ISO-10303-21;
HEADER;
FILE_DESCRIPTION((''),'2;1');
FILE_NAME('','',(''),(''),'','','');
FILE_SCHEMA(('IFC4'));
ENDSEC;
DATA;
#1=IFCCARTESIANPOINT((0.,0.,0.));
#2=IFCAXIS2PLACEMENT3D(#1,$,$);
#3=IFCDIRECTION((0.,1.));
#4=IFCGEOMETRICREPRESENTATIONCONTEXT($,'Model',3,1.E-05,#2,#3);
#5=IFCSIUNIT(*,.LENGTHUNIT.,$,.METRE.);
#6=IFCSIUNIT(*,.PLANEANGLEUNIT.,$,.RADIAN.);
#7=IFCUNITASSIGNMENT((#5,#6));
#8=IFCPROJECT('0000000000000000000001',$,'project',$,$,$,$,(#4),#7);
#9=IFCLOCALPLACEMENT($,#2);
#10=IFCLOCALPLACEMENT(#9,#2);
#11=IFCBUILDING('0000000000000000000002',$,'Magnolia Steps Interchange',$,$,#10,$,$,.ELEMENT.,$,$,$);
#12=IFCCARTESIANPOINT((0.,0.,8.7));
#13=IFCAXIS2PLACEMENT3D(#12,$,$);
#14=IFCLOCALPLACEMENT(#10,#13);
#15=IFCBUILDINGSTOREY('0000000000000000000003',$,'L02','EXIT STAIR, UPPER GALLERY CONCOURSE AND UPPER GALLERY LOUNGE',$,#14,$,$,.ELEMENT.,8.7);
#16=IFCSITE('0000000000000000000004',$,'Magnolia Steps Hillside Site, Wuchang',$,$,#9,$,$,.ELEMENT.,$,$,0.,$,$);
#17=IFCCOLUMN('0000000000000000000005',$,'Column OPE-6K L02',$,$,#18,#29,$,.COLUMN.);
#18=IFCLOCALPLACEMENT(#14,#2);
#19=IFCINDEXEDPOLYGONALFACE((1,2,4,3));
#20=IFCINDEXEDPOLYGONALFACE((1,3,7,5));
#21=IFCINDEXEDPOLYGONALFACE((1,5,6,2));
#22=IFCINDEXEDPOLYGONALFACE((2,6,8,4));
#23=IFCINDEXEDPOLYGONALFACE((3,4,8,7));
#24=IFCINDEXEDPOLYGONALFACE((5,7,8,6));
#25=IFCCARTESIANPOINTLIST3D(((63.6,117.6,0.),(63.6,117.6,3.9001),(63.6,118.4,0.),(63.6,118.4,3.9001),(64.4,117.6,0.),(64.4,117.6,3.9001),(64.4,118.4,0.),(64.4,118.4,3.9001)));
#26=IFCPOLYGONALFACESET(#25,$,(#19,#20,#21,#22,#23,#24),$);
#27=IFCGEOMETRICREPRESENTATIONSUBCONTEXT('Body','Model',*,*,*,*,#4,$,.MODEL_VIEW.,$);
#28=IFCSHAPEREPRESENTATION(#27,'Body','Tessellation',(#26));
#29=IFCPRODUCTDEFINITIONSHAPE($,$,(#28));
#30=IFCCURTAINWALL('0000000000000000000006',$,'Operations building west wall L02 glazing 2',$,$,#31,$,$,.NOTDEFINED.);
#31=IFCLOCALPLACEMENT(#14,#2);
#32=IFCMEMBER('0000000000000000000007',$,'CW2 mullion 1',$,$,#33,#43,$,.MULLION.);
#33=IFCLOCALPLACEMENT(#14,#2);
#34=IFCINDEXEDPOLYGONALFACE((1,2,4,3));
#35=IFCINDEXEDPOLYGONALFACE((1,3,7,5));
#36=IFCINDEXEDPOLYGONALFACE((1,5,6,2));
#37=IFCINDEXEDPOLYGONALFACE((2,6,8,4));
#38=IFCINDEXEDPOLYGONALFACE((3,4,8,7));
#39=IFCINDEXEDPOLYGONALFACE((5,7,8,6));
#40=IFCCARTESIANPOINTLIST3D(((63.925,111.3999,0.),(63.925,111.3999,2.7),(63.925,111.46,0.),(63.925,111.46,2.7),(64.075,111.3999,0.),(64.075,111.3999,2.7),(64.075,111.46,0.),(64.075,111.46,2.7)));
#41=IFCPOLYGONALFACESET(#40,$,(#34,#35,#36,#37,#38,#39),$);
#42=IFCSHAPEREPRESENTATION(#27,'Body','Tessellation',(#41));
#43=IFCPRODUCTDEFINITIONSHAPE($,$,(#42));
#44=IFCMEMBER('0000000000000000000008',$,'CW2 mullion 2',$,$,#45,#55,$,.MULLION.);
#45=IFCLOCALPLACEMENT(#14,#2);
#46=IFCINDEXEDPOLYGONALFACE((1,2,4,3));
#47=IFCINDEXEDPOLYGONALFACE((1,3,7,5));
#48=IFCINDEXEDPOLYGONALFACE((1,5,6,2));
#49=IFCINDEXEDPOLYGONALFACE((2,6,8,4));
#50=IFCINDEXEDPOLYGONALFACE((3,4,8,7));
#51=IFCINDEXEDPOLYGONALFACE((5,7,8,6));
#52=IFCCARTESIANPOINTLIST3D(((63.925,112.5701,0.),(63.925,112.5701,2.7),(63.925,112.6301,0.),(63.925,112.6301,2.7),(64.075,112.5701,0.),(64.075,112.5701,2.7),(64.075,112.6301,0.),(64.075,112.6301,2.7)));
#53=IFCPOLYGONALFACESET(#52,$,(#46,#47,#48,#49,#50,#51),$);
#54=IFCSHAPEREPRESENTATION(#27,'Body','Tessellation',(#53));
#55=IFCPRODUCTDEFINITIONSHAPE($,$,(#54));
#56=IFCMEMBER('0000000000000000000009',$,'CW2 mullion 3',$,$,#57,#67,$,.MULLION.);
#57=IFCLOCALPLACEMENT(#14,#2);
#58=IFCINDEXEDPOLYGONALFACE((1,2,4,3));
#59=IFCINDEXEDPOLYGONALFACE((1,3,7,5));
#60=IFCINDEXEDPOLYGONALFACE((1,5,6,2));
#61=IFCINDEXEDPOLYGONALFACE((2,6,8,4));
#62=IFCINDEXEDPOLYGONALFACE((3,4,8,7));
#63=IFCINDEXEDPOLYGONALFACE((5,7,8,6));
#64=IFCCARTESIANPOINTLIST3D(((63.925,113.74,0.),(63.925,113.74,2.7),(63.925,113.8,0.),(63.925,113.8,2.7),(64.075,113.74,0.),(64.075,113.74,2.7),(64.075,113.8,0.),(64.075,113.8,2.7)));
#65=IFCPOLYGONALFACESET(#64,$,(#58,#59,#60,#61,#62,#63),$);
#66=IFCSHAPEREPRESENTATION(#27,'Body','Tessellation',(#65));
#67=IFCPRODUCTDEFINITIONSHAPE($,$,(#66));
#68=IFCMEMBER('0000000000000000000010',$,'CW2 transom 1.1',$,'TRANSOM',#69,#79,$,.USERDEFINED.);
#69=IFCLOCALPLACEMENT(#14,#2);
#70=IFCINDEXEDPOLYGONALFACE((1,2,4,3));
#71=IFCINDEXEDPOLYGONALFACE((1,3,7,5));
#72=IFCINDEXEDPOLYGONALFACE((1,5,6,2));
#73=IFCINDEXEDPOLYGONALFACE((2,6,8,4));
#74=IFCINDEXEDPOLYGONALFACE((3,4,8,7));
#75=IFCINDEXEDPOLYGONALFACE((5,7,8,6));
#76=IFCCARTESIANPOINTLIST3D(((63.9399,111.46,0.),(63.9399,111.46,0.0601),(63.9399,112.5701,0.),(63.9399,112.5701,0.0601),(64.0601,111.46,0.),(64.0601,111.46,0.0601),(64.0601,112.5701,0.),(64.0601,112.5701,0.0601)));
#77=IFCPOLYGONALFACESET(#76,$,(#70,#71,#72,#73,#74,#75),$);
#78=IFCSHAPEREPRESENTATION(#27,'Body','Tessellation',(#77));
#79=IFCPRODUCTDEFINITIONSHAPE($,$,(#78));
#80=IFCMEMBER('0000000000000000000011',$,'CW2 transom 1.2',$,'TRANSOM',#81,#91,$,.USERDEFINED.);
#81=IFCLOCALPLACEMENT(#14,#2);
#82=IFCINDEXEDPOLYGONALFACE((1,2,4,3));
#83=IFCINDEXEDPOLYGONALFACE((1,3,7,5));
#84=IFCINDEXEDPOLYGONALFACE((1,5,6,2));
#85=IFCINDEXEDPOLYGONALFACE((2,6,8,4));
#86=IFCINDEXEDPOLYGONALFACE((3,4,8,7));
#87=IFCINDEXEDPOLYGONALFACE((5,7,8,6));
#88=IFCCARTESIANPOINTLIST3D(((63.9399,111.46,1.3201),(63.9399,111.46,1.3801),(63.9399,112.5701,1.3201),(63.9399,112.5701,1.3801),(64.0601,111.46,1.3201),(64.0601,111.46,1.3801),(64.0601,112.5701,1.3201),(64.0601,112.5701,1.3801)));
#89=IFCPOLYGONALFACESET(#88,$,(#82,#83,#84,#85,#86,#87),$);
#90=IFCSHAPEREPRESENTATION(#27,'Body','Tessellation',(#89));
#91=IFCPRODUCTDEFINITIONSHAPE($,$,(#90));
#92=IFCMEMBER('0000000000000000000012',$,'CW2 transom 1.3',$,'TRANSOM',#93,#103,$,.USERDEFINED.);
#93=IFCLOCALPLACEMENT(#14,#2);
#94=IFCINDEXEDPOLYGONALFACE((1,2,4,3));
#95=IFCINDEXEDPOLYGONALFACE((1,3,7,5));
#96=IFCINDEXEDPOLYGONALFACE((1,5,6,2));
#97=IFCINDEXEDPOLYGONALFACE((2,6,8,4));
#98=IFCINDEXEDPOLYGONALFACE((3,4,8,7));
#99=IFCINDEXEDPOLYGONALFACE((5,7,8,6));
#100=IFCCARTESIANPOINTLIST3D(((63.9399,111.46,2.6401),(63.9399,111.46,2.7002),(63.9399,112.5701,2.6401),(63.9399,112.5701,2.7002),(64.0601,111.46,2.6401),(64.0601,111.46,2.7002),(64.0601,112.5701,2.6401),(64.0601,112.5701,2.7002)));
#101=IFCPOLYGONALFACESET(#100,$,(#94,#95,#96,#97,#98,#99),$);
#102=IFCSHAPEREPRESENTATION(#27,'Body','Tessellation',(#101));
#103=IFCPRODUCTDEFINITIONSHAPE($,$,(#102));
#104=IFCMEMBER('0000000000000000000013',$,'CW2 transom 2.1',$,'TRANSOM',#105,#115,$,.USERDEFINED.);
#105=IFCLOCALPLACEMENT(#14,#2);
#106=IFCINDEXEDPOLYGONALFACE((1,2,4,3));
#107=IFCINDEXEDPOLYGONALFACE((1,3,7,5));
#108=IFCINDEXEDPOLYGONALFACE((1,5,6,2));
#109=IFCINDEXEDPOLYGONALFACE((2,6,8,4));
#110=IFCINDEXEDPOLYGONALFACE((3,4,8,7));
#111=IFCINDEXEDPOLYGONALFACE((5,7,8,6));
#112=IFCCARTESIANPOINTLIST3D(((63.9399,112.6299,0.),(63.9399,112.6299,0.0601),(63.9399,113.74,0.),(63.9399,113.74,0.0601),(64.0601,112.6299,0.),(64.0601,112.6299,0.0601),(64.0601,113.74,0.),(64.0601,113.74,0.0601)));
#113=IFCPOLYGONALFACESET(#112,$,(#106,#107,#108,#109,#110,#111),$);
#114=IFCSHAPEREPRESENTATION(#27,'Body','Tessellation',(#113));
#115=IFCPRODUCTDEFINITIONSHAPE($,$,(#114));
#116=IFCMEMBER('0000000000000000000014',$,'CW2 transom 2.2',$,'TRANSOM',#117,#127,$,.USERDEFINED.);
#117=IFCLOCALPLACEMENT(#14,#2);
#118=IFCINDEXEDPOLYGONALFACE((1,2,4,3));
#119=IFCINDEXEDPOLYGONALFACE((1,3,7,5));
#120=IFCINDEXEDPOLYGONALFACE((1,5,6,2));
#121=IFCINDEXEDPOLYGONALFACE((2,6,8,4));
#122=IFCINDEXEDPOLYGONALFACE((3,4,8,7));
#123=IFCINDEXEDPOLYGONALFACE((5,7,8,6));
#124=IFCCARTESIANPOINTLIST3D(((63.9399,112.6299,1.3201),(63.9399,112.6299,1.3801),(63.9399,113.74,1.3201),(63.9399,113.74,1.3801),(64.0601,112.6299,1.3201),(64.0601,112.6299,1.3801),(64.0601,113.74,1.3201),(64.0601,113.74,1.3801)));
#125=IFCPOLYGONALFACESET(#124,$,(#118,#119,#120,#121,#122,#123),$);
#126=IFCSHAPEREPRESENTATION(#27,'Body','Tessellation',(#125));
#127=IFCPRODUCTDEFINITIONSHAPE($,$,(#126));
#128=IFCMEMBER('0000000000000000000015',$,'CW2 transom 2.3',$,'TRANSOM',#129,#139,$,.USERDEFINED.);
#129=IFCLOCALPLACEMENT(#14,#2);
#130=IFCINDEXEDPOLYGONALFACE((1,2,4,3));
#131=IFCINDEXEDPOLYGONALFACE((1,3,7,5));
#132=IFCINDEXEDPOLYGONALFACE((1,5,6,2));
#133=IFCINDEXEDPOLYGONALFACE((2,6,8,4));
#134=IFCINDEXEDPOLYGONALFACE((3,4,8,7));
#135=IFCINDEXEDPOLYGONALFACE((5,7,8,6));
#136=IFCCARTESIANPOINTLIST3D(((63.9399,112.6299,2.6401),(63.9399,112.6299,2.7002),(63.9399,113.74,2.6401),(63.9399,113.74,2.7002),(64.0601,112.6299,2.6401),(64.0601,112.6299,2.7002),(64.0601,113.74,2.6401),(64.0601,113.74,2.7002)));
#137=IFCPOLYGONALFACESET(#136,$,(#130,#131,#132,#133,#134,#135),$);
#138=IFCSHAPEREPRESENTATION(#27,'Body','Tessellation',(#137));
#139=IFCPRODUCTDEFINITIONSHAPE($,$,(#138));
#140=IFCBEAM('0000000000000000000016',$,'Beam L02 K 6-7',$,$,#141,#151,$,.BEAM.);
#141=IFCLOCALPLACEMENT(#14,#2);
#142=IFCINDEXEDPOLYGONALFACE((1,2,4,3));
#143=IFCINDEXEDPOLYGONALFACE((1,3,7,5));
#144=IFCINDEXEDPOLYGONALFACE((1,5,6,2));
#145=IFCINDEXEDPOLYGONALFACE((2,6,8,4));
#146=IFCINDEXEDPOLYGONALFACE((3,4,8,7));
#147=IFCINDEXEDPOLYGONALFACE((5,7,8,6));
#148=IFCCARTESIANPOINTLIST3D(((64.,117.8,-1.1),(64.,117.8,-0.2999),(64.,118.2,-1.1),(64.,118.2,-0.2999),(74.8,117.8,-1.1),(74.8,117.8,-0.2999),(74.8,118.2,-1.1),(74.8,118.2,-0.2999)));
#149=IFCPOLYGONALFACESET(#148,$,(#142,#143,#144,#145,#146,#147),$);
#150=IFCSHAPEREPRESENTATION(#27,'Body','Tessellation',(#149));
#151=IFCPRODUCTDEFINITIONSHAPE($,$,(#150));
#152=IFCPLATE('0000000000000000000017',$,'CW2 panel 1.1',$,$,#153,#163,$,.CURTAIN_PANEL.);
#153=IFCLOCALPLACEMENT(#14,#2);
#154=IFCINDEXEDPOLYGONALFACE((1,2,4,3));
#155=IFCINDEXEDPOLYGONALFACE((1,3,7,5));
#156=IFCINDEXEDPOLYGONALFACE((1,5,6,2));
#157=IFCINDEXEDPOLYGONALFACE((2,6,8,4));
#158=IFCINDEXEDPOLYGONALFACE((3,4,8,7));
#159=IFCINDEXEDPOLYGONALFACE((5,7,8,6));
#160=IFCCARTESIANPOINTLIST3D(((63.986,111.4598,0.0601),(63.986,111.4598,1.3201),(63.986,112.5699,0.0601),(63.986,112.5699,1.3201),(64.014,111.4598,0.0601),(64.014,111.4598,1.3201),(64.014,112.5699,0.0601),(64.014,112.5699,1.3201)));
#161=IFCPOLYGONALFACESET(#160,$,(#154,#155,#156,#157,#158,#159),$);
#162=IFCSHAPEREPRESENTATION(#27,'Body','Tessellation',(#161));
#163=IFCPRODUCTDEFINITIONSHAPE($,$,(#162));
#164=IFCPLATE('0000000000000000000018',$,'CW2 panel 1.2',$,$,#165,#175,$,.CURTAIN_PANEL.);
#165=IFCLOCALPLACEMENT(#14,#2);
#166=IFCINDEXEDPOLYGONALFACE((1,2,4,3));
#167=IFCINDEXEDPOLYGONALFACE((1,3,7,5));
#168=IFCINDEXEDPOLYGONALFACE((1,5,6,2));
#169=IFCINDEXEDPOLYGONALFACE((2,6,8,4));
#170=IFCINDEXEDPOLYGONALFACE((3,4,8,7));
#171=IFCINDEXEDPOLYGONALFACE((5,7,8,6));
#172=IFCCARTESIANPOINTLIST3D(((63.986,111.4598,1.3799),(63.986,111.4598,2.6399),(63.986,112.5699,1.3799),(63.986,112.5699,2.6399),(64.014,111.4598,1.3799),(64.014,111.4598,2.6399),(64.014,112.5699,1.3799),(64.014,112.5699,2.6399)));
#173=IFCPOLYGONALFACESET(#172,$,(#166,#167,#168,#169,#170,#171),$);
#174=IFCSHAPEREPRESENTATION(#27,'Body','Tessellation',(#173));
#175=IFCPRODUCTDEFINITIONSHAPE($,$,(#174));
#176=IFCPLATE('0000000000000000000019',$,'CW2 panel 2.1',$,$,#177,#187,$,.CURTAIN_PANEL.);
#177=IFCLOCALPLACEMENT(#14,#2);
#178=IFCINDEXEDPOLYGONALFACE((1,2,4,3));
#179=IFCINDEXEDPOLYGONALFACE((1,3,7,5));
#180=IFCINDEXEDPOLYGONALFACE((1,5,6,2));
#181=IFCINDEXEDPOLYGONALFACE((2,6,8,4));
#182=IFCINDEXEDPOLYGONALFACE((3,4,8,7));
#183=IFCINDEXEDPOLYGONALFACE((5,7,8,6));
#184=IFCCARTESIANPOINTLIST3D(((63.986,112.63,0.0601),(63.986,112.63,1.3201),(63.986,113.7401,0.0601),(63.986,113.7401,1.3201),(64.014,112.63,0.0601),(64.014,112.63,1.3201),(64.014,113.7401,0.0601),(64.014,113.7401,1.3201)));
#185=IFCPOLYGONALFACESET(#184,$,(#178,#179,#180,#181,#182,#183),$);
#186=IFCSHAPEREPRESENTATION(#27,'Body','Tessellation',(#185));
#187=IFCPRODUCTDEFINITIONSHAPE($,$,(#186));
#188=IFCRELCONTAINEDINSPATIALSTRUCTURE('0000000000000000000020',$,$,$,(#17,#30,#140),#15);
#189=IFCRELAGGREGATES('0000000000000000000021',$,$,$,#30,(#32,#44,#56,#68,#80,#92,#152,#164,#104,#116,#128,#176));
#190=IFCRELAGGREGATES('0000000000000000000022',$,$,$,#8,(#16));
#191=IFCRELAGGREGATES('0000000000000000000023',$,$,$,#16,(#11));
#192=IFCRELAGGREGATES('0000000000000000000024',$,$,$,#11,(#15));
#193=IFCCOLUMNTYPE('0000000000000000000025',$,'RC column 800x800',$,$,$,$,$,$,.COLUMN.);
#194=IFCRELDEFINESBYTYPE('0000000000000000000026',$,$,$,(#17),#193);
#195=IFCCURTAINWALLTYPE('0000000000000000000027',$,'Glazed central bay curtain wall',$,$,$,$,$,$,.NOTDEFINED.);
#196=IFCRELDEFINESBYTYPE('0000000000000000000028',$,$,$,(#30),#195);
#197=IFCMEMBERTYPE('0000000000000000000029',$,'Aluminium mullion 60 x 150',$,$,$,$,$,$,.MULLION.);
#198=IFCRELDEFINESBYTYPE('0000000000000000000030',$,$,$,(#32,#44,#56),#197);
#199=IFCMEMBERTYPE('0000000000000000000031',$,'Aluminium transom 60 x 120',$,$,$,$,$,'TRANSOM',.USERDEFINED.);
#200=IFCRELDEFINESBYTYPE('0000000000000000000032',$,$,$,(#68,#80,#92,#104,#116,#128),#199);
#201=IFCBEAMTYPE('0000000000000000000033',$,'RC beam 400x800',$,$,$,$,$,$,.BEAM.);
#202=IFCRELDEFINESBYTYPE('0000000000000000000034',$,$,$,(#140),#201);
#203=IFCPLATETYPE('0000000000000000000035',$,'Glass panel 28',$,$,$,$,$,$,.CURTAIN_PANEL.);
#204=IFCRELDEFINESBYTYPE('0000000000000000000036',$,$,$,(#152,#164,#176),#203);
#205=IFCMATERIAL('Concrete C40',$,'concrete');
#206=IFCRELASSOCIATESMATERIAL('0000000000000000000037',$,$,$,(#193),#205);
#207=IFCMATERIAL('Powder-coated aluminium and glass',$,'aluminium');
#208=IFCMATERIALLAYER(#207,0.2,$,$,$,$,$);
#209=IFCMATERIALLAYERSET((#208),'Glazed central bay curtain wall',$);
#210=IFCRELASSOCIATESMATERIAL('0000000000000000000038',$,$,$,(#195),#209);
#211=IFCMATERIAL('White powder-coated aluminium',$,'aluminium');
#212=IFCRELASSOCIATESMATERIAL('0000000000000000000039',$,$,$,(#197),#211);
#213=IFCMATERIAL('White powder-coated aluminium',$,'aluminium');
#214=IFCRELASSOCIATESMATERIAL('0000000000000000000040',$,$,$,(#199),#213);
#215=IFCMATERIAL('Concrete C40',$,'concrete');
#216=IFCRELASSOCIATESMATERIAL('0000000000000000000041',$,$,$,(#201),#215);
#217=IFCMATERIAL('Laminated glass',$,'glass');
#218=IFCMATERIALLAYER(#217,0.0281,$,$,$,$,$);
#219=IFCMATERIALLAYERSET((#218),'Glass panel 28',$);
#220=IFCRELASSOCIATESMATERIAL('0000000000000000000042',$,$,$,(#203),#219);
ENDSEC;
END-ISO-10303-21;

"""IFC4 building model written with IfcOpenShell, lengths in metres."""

from ifc_helpers import new_model, si_unit, direction, frame, origin, origin_2d, place, context, subcontext, project, spatial, rectangle, extrude, material, layer, layer_set, material_profile, profile_set, type_object, element, aggregate, save


model = new_model("IFC4")

# Units and contexts
model_context = context("Model", 3, precision=1e-05, world=origin(), true_north=direction((0.0, 1.0)))
body_context = subcontext(model_context, "Body", "Model", "MODEL_VIEW")
ifc_project = project(units=[si_unit("LENGTHUNIT", "METRE"), si_unit("PLANEANGLEUNIT", "RADIAN")], contexts=[model_context])

# Site, building, storey
site_placement = place(None, origin())
site = spatial("IfcSite", under=ifc_project, at=site_placement, Name="Magnolia Steps Hillside Site, Wuchang", CompositionType="ELEMENT", RefElevation=0.0)
building_placement = place(site_placement, origin())
building = spatial("IfcBuilding", under=site, at=building_placement, Name="Magnolia Steps Interchange", CompositionType="ELEMENT")
storey_placement = place(building_placement, frame((0.0, 0.0, 8.7)))
storey = spatial("IfcBuildingStorey", under=building, at=storey_placement, Name="L02", Description="EXIT STAIR, UPPER GALLERY CONCOURSE AND UPPER GALLERY LOUNGE", CompositionType="ELEMENT", Elevation=8.7)

# Column
ifc_material_1 = material(Name="Concrete C40", Category="concrete")
ifc_material_profile_1 = material_profile(ifc_material_1, rectangle(XDim=0.8, YDim=0.8, at=origin_2d()), Name="RC800x800")
ifc_profile_set_1 = profile_set([ifc_material_profile_1], Name="Concrete C40")
column_type = type_object("IfcColumnType", Name="RC column 800x800", PredefinedType="COLUMN", material=ifc_profile_set_1)
column_placement = place(storey_placement, frame((64.0, 118.0, 0.0), z_axis=(0.0, 0.0, 1.0), x_axis=(1.0, 0.0, 0.0)))
element("IfcColumn", 1, at=column_placement, inside=storey, type_object=column_type, Name="Column OPE-6K L02", PredefinedType="COLUMN", context=body_context, shape_type="SweptSolid", body=[
    extrude(rectangle(XDim=0.8, YDim=0.8, at=origin_2d()), origin(), (0.0, 0.0, 1.0), 3.9001),
])

# Curtain wall, members
ifc_material_2 = material(Name="Powder-coated aluminium and glass", Category="aluminium")
ifc_layer_1 = layer(ifc_material_2, 0.2)
ifc_layer_set_1 = layer_set([ifc_layer_1], Name="Glazed central bay curtain wall")
curtain_wall_type = type_object("IfcCurtainWallType", Name="Glazed central bay curtain wall", PredefinedType="NOTDEFINED", material=ifc_layer_set_1)
curtain_wall_placement = place(storey_placement, origin())
curtain_wall = element("IfcCurtainWall", 2, at=curtain_wall_placement, inside=storey, type_object=curtain_wall_type, Name="Operations building west wall L02 glazing 2", PredefinedType="NOTDEFINED")
ifc_material_3 = material(Name="White powder-coated aluminium", Category="aluminium")
ifc_material_profile_2 = material_profile(ifc_material_3, rectangle(XDim=0.0601, YDim=0.1499, at=origin_2d()), Name="Aluminium mullion 60 x 150")
ifc_profile_set_2 = profile_set([ifc_material_profile_2], Name="White powder-coated aluminium")
member_type_1 = type_object("IfcMemberType", Name="Aluminium mullion 60 x 150", PredefinedType="MULLION", material=ifc_profile_set_2)
member_1_placement = place(storey_placement, frame((64.0, 111.4299, 0.0), z_axis=(0.0, 0.0, 1.0), x_axis=(0.0, 1.0, 0.0)))
member_1 = element("IfcMember", 3, at=member_1_placement, type_object=member_type_1, Name="CW2 mullion 1", PredefinedType="MULLION", context=body_context, shape_type="SweptSolid", body=[
    extrude(rectangle(XDim=0.0601, YDim=0.1499, at=origin_2d()), origin(), (0.0, 0.0, 1.0), 2.7),
])
member_2_placement = place(storey_placement, frame((64.0, 112.6001, 0.0), z_axis=(0.0, 0.0, 1.0), x_axis=(0.0, 1.0, 0.0)))
member_2 = element("IfcMember", 4, at=member_2_placement, type_object=member_type_1, Name="CW2 mullion 2", PredefinedType="MULLION", context=body_context, shape_type="SweptSolid", body=[
    extrude(rectangle(XDim=0.0601, YDim=0.1499, at=origin_2d()), origin(), (0.0, 0.0, 1.0), 2.7),
])
member_3_placement = place(storey_placement, frame((64.0, 113.77, 0.0), z_axis=(0.0, 0.0, 1.0), x_axis=(0.0, 1.0, 0.0)))
member_3 = element("IfcMember", 5, at=member_3_placement, type_object=member_type_1, Name="CW2 mullion 3", PredefinedType="MULLION", context=body_context, shape_type="SweptSolid", body=[
    extrude(rectangle(XDim=0.0601, YDim=0.1499, at=origin_2d()), origin(), (0.0, 0.0, 1.0), 2.7),
])
ifc_material_4 = material(Name="White powder-coated aluminium", Category="aluminium")
ifc_material_profile_3 = material_profile(ifc_material_4, rectangle(XDim=0.0601, YDim=0.1201, at=origin_2d()), Name="Aluminium transom 60 x 120")
ifc_profile_set_3 = profile_set([ifc_material_profile_3], Name="White powder-coated aluminium")
member_type_2 = type_object("IfcMemberType", Name="Aluminium transom 60 x 120", ElementType="TRANSOM", PredefinedType="USERDEFINED", material=ifc_profile_set_3)
member_4_placement = place(storey_placement, frame((64.0, 111.46, 0.03), z_axis=(0.0, 1.0, 0.0), x_axis=(0.0, 0.0, 1.0)))
member_4 = element("IfcMember", 6, at=member_4_placement, type_object=member_type_2, Name="CW2 transom 1.1", ObjectType="TRANSOM", PredefinedType="USERDEFINED", context=body_context, shape_type="SweptSolid", body=[
    extrude(rectangle(XDim=0.0601, YDim=0.1201, at=origin_2d()), origin(), (0.0, 0.0, 1.0), 1.1101),
])
member_5_placement = place(storey_placement, frame((64.0, 111.46, 1.3501), z_axis=(0.0, 1.0, 0.0), x_axis=(0.0, 0.0, 1.0)))
member_5 = element("IfcMember", 7, at=member_5_placement, type_object=member_type_2, Name="CW2 transom 1.2", ObjectType="TRANSOM", PredefinedType="USERDEFINED", context=body_context, shape_type="SweptSolid", body=[
    extrude(rectangle(XDim=0.0601, YDim=0.1201, at=origin_2d()), origin(), (0.0, 0.0, 1.0), 1.1101),
])
member_6_placement = place(storey_placement, frame((64.0, 111.46, 2.6702), z_axis=(0.0, 1.0, 0.0), x_axis=(0.0, 0.0, 1.0)))
member_6 = element("IfcMember", 8, at=member_6_placement, type_object=member_type_2, Name="CW2 transom 1.3", ObjectType="TRANSOM", PredefinedType="USERDEFINED", context=body_context, shape_type="SweptSolid", body=[
    extrude(rectangle(XDim=0.0601, YDim=0.1201, at=origin_2d()), origin(), (0.0, 0.0, 1.0), 1.1101),
])
member_7_placement = place(storey_placement, frame((64.0, 112.6299, 0.03), z_axis=(0.0, 1.0, 0.0), x_axis=(0.0, 0.0, 1.0)))
member_7 = element("IfcMember", 9, at=member_7_placement, type_object=member_type_2, Name="CW2 transom 2.1", ObjectType="TRANSOM", PredefinedType="USERDEFINED", context=body_context, shape_type="SweptSolid", body=[
    extrude(rectangle(XDim=0.0601, YDim=0.1201, at=origin_2d()), origin(), (0.0, 0.0, 1.0), 1.1101),
])
member_8_placement = place(storey_placement, frame((64.0, 112.6299, 1.3501), z_axis=(0.0, 1.0, 0.0), x_axis=(0.0, 0.0, 1.0)))
member_8 = element("IfcMember", 10, at=member_8_placement, type_object=member_type_2, Name="CW2 transom 2.2", ObjectType="TRANSOM", PredefinedType="USERDEFINED", context=body_context, shape_type="SweptSolid", body=[
    extrude(rectangle(XDim=0.0601, YDim=0.1201, at=origin_2d()), origin(), (0.0, 0.0, 1.0), 1.1101),
])
member_9_placement = place(storey_placement, frame((64.0, 112.6299, 2.6702), z_axis=(0.0, 1.0, 0.0), x_axis=(0.0, 0.0, 1.0)))
member_9 = element("IfcMember", 11, at=member_9_placement, type_object=member_type_2, Name="CW2 transom 2.3", ObjectType="TRANSOM", PredefinedType="USERDEFINED", context=body_context, shape_type="SweptSolid", body=[
    extrude(rectangle(XDim=0.0601, YDim=0.1201, at=origin_2d()), origin(), (0.0, 0.0, 1.0), 1.1101),
])

# Beam
ifc_material_5 = material(Name="Concrete C40", Category="concrete")
ifc_material_profile_4 = material_profile(ifc_material_5, rectangle(XDim=0.3999, YDim=0.8, at=origin_2d()), Name="RC400x800")
ifc_profile_set_4 = profile_set([ifc_material_profile_4], Name="Concrete C40")
beam_type = type_object("IfcBeamType", Name="RC beam 400x800", PredefinedType="BEAM", material=ifc_profile_set_4)
beam_placement = place(storey_placement, frame((64.0, 118.0, -0.7), z_axis=(1.0, 0.0, 0.0), x_axis=(0.0, 1.0, 0.0)))
element("IfcBeam", 12, at=beam_placement, inside=storey, type_object=beam_type, Name="Beam L02 K 6-7", PredefinedType="BEAM", context=body_context, shape_type="SweptSolid", body=[
    extrude(rectangle(XDim=0.3999, YDim=0.8, at=origin_2d()), origin(), (0.0, 0.0, 1.0), 10.8),
])

# Plates
ifc_material_6 = material(Name="Laminated glass", Category="glass")
ifc_layer_2 = layer(ifc_material_6, 0.0281)
ifc_layer_set_2 = layer_set([ifc_layer_2], Name="Glass panel 28")
plate_type = type_object("IfcPlateType", Name="Glass panel 28", PredefinedType="CURTAIN_PANEL", material=ifc_layer_set_2)
plate_1_placement = place(storey_placement, frame((64.0, 112.0149, 0.0601), z_axis=(0.0, 0.0, 1.0), x_axis=(0.0, 1.0, 0.0)))
plate_1 = element("IfcPlate", 13, at=plate_1_placement, type_object=plate_type, Name="CW2 panel 1.1", PredefinedType="CURTAIN_PANEL", context=body_context, shape_type="SweptSolid", body=[
    extrude(rectangle(XDim=1.1101, YDim=0.0281, at=origin_2d()), origin(), (0.0, 0.0, 1.0), 1.26),
])
plate_2_placement = place(storey_placement, frame((64.0, 112.0149, 1.3799), z_axis=(0.0, 0.0, 1.0), x_axis=(0.0, 1.0, 0.0)))
plate_2 = element("IfcPlate", 14, at=plate_2_placement, type_object=plate_type, Name="CW2 panel 1.2", PredefinedType="CURTAIN_PANEL", context=body_context, shape_type="SweptSolid", body=[
    extrude(rectangle(XDim=1.1101, YDim=0.0281, at=origin_2d()), origin(), (0.0, 0.0, 1.0), 1.26),
])
plate_3_placement = place(storey_placement, frame((64.0, 113.1851, 0.0601), z_axis=(0.0, 0.0, 1.0), x_axis=(0.0, 1.0, 0.0)))
plate_3 = element("IfcPlate", 15, at=plate_3_placement, type_object=plate_type, Name="CW2 panel 2.1", PredefinedType="CURTAIN_PANEL", context=body_context, shape_type="SweptSolid", body=[
    extrude(rectangle(XDim=1.1101, YDim=0.0281, at=origin_2d()), origin(), (0.0, 0.0, 1.0), 1.26),
])
aggregate(curtain_wall, [member_1, member_2, member_3, member_4, member_5, member_6, plate_1, plate_2, member_7, member_8, member_9, plate_3])

save(model, "model.ifc")
